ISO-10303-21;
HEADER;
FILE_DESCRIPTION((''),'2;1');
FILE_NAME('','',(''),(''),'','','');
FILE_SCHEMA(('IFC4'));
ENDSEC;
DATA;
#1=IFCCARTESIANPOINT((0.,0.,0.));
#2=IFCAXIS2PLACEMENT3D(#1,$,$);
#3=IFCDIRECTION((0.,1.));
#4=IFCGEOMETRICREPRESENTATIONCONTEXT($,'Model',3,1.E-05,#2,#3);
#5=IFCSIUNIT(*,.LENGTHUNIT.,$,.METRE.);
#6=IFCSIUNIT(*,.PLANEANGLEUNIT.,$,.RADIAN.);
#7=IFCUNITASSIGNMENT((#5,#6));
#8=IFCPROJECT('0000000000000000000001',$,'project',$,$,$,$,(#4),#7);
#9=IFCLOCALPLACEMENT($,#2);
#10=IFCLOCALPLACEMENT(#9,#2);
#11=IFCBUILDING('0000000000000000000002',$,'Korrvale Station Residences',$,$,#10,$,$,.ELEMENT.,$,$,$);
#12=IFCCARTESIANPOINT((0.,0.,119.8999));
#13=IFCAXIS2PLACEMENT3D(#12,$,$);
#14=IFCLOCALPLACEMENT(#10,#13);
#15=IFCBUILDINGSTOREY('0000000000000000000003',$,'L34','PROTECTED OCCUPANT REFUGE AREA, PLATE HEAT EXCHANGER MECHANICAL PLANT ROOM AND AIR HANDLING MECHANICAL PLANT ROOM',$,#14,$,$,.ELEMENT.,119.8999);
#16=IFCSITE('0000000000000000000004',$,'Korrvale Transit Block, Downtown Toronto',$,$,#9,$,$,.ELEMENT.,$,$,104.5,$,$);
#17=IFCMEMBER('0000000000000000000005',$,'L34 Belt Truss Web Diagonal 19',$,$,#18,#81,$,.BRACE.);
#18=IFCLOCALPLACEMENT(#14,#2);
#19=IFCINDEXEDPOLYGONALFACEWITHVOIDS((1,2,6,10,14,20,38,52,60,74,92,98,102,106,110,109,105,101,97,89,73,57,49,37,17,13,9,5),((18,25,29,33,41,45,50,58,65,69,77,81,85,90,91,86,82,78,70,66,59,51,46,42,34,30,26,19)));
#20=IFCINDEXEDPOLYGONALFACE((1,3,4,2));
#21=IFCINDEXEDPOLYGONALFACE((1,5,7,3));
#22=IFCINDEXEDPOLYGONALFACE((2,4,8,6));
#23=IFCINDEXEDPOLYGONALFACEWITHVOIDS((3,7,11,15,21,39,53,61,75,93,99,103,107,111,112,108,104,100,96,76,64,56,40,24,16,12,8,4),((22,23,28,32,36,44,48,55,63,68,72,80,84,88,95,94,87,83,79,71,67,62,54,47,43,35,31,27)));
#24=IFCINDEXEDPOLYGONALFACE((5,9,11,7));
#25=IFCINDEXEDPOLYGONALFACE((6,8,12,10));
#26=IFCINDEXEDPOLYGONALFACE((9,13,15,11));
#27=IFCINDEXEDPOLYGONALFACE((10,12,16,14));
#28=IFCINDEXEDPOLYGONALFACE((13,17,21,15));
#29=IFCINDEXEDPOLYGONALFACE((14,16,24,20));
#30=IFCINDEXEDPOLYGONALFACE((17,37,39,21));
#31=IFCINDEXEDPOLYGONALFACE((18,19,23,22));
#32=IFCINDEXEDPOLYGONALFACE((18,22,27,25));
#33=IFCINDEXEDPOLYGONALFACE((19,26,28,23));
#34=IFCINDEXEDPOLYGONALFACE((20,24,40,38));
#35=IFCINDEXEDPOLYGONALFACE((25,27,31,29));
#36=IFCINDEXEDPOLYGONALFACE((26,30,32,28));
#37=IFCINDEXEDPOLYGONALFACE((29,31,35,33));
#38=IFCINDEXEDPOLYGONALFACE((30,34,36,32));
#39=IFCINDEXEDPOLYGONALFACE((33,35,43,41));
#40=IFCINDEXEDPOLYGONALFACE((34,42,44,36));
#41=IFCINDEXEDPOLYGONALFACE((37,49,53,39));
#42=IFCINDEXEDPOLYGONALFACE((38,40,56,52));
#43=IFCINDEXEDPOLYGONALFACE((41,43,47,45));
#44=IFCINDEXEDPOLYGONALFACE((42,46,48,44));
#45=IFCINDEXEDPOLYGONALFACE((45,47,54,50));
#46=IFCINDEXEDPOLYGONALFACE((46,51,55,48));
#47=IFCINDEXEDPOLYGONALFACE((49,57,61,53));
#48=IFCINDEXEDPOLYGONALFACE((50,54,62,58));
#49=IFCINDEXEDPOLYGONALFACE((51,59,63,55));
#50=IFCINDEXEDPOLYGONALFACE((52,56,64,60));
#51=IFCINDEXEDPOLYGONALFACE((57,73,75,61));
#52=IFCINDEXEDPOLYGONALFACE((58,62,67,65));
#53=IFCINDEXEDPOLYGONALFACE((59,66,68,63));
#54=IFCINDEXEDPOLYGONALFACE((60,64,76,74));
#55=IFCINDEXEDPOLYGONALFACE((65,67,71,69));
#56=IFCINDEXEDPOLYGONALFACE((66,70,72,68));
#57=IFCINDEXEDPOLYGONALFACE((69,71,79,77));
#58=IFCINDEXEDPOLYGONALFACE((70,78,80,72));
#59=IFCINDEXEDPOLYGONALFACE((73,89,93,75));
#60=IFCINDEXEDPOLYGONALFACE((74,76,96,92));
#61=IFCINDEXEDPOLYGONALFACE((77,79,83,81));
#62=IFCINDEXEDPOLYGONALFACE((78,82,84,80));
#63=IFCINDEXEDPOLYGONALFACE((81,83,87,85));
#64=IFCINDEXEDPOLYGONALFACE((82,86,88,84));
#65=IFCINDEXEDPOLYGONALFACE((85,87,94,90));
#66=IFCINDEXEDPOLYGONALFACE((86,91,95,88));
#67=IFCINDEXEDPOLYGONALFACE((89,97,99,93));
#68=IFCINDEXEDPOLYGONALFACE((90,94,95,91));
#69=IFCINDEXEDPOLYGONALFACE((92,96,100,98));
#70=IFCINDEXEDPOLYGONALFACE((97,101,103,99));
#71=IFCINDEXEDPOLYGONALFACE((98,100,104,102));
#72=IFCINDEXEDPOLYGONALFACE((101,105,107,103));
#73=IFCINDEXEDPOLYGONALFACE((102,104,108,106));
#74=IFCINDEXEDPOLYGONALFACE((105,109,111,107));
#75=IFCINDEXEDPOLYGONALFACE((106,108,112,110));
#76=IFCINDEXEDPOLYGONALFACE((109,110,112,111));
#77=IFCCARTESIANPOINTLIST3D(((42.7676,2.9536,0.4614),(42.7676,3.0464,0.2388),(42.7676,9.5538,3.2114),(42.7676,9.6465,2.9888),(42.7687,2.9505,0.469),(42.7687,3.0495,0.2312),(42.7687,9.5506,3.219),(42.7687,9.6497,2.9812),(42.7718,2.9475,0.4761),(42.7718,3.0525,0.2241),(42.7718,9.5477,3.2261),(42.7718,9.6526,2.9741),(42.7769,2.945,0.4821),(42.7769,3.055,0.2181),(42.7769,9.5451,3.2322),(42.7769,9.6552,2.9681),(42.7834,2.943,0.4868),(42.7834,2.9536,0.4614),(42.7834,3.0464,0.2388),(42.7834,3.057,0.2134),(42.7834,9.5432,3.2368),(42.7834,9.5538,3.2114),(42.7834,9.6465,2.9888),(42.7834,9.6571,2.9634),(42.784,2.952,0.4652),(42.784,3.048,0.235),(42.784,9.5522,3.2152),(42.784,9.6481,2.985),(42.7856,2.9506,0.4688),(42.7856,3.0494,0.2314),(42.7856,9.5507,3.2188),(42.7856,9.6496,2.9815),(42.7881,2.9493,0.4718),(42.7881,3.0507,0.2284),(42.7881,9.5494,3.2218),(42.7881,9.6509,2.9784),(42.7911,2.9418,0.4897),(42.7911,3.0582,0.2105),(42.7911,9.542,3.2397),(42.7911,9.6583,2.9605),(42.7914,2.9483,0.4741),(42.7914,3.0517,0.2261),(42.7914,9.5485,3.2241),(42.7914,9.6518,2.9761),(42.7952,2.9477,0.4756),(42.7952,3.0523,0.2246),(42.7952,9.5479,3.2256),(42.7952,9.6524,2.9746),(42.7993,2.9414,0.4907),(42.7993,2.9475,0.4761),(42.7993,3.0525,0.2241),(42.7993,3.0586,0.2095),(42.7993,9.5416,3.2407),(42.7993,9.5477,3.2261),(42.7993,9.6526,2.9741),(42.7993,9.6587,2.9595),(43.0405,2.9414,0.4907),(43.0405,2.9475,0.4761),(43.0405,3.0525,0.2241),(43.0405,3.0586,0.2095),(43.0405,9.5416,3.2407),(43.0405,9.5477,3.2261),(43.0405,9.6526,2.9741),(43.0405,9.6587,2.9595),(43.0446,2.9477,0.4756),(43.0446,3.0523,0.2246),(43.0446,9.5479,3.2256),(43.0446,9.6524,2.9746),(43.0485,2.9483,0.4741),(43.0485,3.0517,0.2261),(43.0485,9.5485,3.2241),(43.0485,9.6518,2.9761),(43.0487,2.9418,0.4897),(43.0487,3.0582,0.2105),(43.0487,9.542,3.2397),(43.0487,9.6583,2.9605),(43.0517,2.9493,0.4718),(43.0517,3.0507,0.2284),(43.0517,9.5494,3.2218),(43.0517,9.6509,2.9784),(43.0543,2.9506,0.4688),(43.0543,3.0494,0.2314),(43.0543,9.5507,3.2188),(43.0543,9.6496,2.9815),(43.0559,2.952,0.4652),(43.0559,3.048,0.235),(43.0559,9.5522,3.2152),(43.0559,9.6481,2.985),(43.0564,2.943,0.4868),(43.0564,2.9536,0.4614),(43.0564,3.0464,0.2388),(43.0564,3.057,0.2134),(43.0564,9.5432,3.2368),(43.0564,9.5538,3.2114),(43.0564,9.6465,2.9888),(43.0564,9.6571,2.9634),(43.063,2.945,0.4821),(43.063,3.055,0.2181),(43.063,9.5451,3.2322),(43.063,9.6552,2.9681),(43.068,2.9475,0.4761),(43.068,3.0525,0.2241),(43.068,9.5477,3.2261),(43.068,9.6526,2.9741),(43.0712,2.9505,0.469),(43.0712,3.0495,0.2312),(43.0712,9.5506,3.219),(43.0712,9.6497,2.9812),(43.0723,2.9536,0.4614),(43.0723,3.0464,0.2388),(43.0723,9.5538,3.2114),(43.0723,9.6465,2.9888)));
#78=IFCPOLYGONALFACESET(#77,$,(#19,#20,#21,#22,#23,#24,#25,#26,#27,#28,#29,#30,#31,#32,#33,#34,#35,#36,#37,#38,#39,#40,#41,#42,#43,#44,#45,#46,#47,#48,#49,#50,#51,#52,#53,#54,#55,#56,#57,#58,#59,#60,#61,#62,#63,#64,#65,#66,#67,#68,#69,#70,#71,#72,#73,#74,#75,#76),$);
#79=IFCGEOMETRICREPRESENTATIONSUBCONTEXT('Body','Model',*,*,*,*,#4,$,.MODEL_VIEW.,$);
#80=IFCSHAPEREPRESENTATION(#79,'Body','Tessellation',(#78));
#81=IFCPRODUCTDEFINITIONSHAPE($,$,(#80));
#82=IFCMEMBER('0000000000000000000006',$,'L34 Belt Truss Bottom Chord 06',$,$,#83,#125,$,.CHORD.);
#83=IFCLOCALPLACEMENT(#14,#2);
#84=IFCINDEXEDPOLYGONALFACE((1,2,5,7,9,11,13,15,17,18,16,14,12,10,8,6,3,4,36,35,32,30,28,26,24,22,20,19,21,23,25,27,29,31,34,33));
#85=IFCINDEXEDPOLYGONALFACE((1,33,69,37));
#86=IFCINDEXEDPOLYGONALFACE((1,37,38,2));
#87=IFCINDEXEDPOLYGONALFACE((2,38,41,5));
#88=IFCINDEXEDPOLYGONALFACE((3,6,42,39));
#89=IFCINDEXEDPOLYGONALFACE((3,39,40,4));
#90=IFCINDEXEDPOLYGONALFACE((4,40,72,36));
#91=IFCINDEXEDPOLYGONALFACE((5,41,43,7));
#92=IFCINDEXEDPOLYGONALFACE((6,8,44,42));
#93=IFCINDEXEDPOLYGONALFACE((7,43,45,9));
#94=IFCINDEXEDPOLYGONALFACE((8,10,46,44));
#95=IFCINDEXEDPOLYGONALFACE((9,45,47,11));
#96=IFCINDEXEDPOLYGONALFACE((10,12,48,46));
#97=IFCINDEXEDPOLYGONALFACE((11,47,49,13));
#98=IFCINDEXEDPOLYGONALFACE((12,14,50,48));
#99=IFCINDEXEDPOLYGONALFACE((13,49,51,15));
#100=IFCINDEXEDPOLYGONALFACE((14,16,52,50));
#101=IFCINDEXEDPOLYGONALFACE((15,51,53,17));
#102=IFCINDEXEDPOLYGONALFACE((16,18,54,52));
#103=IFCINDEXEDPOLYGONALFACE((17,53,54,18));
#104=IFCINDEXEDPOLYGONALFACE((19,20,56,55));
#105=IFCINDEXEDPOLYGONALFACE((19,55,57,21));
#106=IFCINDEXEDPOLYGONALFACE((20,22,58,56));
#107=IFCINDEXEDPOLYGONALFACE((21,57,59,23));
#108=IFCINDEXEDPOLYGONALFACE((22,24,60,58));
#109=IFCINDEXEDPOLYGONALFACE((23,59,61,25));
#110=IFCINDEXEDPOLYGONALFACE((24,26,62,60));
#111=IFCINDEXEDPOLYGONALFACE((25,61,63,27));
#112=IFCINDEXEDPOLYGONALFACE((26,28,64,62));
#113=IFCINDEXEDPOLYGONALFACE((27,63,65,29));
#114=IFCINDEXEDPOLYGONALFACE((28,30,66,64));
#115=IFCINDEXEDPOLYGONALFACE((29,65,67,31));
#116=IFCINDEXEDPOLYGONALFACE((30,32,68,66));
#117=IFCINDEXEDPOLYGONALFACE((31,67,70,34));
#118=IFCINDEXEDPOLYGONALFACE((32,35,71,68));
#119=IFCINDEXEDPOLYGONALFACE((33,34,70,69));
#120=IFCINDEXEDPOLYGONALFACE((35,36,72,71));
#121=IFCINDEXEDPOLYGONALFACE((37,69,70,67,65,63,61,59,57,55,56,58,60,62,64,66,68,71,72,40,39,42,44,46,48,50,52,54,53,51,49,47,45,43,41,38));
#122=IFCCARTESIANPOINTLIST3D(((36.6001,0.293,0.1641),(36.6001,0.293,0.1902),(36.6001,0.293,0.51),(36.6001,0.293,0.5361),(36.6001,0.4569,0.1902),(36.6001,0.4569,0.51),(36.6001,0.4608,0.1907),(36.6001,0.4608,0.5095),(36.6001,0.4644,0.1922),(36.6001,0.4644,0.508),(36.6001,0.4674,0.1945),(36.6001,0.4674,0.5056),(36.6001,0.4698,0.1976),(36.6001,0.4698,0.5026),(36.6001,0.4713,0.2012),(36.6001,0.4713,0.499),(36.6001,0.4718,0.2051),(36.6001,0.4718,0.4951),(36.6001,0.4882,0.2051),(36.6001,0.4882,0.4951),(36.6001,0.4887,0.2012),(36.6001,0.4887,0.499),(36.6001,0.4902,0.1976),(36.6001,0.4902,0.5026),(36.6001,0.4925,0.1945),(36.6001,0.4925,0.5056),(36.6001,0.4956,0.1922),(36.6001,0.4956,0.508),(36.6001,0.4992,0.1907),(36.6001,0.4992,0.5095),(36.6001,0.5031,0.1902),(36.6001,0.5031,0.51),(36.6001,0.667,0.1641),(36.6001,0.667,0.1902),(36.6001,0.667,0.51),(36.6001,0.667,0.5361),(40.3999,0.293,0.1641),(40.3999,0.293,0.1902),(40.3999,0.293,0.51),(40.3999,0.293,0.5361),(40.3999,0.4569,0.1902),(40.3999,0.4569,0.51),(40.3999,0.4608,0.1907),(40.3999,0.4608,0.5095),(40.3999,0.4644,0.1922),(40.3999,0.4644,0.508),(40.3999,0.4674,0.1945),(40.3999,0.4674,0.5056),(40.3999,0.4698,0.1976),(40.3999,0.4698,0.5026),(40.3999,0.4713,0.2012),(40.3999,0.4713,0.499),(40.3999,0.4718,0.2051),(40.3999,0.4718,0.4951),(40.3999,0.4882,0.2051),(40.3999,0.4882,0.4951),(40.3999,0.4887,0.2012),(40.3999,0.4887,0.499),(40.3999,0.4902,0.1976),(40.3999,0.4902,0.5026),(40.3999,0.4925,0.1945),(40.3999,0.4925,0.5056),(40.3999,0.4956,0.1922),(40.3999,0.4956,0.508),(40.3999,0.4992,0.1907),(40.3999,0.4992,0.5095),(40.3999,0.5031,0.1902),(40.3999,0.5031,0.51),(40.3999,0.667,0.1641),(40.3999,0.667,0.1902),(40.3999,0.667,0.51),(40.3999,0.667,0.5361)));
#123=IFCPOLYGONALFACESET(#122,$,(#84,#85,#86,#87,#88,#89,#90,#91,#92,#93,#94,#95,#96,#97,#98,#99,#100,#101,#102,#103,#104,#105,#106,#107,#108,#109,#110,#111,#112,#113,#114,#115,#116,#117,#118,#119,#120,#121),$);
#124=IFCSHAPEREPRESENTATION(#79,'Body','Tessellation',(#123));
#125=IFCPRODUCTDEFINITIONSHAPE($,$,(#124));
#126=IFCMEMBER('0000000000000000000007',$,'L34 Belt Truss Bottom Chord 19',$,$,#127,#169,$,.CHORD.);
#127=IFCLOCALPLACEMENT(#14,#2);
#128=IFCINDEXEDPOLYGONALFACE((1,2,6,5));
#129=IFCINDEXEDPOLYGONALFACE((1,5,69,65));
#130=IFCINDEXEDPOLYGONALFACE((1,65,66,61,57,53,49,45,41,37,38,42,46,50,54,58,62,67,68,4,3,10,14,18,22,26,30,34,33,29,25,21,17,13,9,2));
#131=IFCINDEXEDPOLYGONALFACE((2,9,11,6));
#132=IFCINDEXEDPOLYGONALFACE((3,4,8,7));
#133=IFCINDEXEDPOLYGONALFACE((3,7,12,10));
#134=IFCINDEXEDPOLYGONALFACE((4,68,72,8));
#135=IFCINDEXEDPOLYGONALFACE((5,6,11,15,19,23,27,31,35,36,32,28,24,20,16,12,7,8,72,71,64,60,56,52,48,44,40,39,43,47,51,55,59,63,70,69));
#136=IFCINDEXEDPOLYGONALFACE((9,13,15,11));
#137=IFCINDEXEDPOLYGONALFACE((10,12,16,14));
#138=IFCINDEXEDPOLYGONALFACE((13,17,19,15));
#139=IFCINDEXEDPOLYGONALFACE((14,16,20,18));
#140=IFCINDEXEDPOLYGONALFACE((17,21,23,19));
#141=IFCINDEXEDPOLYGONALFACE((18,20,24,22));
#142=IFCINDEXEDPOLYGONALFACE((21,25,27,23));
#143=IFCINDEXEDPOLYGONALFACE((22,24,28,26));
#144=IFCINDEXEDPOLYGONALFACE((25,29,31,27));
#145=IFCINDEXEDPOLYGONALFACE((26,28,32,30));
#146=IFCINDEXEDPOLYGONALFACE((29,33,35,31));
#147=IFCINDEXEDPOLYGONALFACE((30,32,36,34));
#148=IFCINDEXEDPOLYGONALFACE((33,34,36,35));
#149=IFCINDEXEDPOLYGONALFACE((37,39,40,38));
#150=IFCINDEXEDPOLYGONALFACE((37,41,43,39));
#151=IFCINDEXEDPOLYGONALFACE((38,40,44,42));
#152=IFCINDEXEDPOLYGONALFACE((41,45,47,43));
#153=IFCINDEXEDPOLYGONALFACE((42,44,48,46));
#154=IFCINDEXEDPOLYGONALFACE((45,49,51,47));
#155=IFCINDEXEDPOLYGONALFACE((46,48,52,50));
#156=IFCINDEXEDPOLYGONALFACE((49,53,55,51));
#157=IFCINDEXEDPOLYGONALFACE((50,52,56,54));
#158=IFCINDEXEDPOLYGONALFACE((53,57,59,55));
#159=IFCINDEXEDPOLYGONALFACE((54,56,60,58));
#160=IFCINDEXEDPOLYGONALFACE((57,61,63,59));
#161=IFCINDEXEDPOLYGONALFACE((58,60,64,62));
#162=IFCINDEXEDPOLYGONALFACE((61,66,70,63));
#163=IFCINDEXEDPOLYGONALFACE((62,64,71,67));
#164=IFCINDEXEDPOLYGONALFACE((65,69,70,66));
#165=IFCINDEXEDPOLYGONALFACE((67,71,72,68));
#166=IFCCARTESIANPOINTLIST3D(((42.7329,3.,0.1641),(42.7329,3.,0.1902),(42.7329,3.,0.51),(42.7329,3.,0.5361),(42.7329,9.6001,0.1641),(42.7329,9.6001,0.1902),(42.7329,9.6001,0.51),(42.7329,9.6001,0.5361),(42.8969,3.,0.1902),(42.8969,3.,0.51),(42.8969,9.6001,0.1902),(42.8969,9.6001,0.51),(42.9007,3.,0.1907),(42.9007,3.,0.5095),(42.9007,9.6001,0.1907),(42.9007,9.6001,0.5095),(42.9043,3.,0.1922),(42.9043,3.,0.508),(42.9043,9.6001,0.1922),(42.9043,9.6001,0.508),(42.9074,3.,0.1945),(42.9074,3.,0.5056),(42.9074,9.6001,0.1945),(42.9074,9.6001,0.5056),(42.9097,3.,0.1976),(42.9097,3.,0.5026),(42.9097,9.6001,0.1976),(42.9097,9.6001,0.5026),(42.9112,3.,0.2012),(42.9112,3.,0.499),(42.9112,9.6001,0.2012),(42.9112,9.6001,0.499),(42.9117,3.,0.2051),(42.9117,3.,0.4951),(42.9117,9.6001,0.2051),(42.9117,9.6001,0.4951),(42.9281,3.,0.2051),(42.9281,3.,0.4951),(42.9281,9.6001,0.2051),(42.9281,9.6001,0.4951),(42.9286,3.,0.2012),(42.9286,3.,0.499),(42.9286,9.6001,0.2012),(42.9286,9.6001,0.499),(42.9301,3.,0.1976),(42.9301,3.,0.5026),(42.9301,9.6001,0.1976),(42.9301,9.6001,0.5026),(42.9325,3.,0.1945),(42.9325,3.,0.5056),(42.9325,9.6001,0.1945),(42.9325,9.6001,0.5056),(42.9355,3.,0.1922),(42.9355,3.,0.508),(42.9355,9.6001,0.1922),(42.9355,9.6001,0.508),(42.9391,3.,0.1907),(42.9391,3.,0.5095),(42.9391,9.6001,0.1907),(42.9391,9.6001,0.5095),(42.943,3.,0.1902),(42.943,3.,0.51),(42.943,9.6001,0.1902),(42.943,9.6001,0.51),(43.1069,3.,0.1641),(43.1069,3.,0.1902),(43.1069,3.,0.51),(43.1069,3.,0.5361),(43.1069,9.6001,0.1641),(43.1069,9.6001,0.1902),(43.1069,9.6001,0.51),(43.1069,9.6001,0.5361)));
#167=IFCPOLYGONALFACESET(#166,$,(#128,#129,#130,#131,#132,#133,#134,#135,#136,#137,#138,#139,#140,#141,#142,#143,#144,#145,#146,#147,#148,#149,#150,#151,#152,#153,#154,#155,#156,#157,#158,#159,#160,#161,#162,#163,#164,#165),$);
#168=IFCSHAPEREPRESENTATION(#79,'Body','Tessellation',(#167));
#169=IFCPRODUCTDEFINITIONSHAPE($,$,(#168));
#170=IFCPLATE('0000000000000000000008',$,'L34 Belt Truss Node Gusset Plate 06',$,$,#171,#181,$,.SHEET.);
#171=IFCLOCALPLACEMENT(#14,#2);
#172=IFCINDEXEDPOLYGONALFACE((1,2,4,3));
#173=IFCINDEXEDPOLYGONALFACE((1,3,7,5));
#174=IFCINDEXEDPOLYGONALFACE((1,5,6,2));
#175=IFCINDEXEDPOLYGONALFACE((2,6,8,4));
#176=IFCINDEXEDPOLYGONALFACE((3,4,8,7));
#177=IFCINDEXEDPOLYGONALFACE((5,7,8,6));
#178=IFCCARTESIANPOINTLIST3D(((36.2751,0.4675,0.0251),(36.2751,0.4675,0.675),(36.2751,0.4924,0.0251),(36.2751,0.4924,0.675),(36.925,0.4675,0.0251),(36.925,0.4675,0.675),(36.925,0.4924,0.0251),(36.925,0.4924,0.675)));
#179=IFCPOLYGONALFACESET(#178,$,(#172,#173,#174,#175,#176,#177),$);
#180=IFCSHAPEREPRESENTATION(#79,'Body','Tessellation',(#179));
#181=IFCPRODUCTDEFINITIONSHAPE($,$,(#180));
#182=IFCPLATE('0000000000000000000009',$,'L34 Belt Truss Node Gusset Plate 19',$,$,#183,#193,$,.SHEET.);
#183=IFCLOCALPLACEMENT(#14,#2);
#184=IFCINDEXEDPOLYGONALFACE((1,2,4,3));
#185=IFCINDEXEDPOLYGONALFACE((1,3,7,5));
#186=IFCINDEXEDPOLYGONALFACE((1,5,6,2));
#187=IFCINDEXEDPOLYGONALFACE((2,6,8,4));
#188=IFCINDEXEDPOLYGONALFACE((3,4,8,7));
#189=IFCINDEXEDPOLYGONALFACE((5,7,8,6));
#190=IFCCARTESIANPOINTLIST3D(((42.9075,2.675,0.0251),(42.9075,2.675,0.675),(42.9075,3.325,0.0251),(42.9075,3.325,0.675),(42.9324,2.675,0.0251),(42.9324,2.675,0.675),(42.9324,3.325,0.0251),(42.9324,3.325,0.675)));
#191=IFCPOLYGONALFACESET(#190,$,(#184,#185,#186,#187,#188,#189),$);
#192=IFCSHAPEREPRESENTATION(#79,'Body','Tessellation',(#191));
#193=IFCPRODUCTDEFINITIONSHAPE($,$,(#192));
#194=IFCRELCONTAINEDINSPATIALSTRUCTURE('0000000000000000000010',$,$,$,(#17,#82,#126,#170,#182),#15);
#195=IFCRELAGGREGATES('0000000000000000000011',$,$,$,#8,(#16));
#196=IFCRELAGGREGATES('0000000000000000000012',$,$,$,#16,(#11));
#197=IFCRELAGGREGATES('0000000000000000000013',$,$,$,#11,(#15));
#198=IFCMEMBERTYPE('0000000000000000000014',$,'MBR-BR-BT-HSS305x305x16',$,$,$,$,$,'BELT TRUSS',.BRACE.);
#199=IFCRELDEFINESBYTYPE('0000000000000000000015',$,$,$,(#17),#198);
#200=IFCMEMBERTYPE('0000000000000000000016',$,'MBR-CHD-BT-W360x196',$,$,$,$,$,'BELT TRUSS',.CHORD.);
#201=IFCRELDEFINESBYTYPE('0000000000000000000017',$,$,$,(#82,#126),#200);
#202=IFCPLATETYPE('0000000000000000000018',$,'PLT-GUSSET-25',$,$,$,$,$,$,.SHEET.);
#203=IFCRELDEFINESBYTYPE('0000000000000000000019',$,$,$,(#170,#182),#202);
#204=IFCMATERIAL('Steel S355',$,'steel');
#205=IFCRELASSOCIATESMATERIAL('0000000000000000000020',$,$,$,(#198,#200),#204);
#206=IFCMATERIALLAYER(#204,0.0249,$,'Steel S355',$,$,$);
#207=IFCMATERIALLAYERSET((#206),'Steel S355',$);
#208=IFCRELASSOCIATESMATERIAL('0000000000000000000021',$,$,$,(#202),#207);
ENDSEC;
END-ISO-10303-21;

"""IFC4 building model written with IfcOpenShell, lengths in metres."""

from ifc_helpers import new_model, si_unit, direction, frame, origin, origin_2d, place, context, subcontext, project, spatial, rectangle, hollow_rectangle, i_section, extrude, material, layer, layer_set, material_profile, profile_set, type_object, element, save


model = new_model("IFC4")

# Units and contexts
model_context = context("Model", 3, precision=1e-05, world=origin(), true_north=direction((0.0, 1.0)))
body_context = subcontext(model_context, "Body", "Model", "MODEL_VIEW")
ifc_project = project(units=[si_unit("LENGTHUNIT", "METRE"), si_unit("PLANEANGLEUNIT", "RADIAN")], contexts=[model_context])

# Site, building, storey
site_placement = place(None, origin())
site = spatial("IfcSite", under=ifc_project, at=site_placement, Name="Korrvale Transit Block, Downtown Toronto", CompositionType="ELEMENT", RefElevation=104.5)
building_placement = place(site_placement, origin())
building = spatial("IfcBuilding", under=site, at=building_placement, Name="Korrvale Station Residences", CompositionType="ELEMENT")
storey_placement = place(building_placement, frame((0.0, 0.0, 119.8999)))
storey = spatial("IfcBuildingStorey", under=building, at=storey_placement, Name="L34", Description="PROTECTED OCCUPANT REFUGE AREA, PLATE HEAT EXCHANGER MECHANICAL PLANT ROOM AND AIR HANDLING MECHANICAL PLANT ROOM", CompositionType="ELEMENT", Elevation=119.8999)

# Members
ifc_material_1 = material(Name="Steel S355", Category="steel")
ifc_material_profile_1 = material_profile(ifc_material_1, hollow_rectangle(XDim=0.3047, YDim=0.3047, WallThickness=0.0159, InnerFilletRadius=0.0159, OuterFilletRadius=0.0317, at=origin_2d()), Name="HSS305x305x16")
ifc_profile_set_1 = profile_set([ifc_material_profile_1], Name="Steel S355")
member_type_1 = type_object("IfcMemberType", Name="MBR-BR-BT-HSS305x305x16", ElementType="BELT TRUSS", PredefinedType="BRACE", material=ifc_profile_set_1)
member_1_placement = place(storey_placement, frame((42.9199, 3.0, 0.3501), z_axis=(0.0, 0.923079, 0.384611), x_axis=(-1.0, 0.0, 0.0)))
element("IfcMember", 1, at=member_1_placement, inside=storey, type_object=member_type_1, Name="L34 Belt Truss Web Diagonal 19", PredefinedType="BRACE", context=body_context, shape_type="SweptSolid", body=[
    extrude(hollow_rectangle(XDim=0.3047, YDim=0.3047, WallThickness=0.0159, InnerFilletRadius=0.0159, OuterFilletRadius=0.0317, at=origin_2d()), origin(), (0.0, 0.0, 1.0), 7.1501),
])
ifc_material_profile_2 = material_profile(ifc_material_1, i_section(OverallWidth=0.374, OverallDepth=0.3721, WebThickness=0.0164, FlangeThickness=0.0261, FilletRadius=0.0149, at=origin_2d()), Name="W360x196")
ifc_profile_set_2 = profile_set([ifc_material_profile_2], Name="Steel S355")
member_type_2 = type_object("IfcMemberType", Name="MBR-CHD-BT-W360x196", ElementType="BELT TRUSS", PredefinedType="CHORD", material=ifc_profile_set_2)
member_2_placement = place(storey_placement, frame((36.6001, 0.48, 0.3501), z_axis=(1.0, 0.0, 0.0), x_axis=(0.0, 1.0, 0.0)))
element("IfcMember", 2, at=member_2_placement, inside=storey, type_object=member_type_2, Name="L34 Belt Truss Bottom Chord 06", PredefinedType="CHORD", context=body_context, shape_type="SweptSolid", body=[
    extrude(i_section(OverallWidth=0.374, OverallDepth=0.3721, WebThickness=0.0164, FlangeThickness=0.0261, FilletRadius=0.0149, at=origin_2d()), origin(), (0.0, 0.0, 1.0), 3.7998),
])
member_3_placement = place(storey_placement, frame((42.9199, 3.0, 0.3501), z_axis=(0.0, 1.0, 0.0), x_axis=(-1.0, 0.0, 0.0)))
element("IfcMember", 3, at=member_3_placement, inside=storey, type_object=member_type_2, Name="L34 Belt Truss Bottom Chord 19", PredefinedType="CHORD", context=body_context, shape_type="SweptSolid", body=[
    extrude(i_section(OverallWidth=0.374, OverallDepth=0.3721, WebThickness=0.0164, FlangeThickness=0.0261, FilletRadius=0.0149, at=origin_2d()), origin(), (0.0, 0.0, 1.0), 6.6001),
])

# Plates
ifc_layer_1 = layer(ifc_material_1, 0.0249, Name="Steel S355")
ifc_layer_set_1 = layer_set([ifc_layer_1], Name="Steel S355")
plate_type = type_object("IfcPlateType", Name="PLT-GUSSET-25", PredefinedType="SHEET", material=ifc_layer_set_1)
for number, where, z_axis, x_axis, name in (
    (4, (36.6001, 0.48, 0.0251), (0.0, 0.0, 1.0), (1.0, 0.0, 0.0), "L34 Belt Truss Node Gusset Plate 06"),
    (5, (42.9199, 3.0, 0.0251), (0.0, 0.0, 1.0), (0.0, 1.0, 0.0), "L34 Belt Truss Node Gusset Plate 19"),
):
    element("IfcPlate", number, at=place(storey_placement, frame(where, z_axis=z_axis, x_axis=x_axis)), inside=storey, type_object=plate_type, Name=name, PredefinedType="SHEET", context=body_context, shape_type="SweptSolid", body=[
        extrude(rectangle(XDim=0.6499, YDim=0.0249, at=origin_2d()), origin(), (0.0, 0.0, 1.0), 0.6499),
    ])

save(model, "model.ifc")
